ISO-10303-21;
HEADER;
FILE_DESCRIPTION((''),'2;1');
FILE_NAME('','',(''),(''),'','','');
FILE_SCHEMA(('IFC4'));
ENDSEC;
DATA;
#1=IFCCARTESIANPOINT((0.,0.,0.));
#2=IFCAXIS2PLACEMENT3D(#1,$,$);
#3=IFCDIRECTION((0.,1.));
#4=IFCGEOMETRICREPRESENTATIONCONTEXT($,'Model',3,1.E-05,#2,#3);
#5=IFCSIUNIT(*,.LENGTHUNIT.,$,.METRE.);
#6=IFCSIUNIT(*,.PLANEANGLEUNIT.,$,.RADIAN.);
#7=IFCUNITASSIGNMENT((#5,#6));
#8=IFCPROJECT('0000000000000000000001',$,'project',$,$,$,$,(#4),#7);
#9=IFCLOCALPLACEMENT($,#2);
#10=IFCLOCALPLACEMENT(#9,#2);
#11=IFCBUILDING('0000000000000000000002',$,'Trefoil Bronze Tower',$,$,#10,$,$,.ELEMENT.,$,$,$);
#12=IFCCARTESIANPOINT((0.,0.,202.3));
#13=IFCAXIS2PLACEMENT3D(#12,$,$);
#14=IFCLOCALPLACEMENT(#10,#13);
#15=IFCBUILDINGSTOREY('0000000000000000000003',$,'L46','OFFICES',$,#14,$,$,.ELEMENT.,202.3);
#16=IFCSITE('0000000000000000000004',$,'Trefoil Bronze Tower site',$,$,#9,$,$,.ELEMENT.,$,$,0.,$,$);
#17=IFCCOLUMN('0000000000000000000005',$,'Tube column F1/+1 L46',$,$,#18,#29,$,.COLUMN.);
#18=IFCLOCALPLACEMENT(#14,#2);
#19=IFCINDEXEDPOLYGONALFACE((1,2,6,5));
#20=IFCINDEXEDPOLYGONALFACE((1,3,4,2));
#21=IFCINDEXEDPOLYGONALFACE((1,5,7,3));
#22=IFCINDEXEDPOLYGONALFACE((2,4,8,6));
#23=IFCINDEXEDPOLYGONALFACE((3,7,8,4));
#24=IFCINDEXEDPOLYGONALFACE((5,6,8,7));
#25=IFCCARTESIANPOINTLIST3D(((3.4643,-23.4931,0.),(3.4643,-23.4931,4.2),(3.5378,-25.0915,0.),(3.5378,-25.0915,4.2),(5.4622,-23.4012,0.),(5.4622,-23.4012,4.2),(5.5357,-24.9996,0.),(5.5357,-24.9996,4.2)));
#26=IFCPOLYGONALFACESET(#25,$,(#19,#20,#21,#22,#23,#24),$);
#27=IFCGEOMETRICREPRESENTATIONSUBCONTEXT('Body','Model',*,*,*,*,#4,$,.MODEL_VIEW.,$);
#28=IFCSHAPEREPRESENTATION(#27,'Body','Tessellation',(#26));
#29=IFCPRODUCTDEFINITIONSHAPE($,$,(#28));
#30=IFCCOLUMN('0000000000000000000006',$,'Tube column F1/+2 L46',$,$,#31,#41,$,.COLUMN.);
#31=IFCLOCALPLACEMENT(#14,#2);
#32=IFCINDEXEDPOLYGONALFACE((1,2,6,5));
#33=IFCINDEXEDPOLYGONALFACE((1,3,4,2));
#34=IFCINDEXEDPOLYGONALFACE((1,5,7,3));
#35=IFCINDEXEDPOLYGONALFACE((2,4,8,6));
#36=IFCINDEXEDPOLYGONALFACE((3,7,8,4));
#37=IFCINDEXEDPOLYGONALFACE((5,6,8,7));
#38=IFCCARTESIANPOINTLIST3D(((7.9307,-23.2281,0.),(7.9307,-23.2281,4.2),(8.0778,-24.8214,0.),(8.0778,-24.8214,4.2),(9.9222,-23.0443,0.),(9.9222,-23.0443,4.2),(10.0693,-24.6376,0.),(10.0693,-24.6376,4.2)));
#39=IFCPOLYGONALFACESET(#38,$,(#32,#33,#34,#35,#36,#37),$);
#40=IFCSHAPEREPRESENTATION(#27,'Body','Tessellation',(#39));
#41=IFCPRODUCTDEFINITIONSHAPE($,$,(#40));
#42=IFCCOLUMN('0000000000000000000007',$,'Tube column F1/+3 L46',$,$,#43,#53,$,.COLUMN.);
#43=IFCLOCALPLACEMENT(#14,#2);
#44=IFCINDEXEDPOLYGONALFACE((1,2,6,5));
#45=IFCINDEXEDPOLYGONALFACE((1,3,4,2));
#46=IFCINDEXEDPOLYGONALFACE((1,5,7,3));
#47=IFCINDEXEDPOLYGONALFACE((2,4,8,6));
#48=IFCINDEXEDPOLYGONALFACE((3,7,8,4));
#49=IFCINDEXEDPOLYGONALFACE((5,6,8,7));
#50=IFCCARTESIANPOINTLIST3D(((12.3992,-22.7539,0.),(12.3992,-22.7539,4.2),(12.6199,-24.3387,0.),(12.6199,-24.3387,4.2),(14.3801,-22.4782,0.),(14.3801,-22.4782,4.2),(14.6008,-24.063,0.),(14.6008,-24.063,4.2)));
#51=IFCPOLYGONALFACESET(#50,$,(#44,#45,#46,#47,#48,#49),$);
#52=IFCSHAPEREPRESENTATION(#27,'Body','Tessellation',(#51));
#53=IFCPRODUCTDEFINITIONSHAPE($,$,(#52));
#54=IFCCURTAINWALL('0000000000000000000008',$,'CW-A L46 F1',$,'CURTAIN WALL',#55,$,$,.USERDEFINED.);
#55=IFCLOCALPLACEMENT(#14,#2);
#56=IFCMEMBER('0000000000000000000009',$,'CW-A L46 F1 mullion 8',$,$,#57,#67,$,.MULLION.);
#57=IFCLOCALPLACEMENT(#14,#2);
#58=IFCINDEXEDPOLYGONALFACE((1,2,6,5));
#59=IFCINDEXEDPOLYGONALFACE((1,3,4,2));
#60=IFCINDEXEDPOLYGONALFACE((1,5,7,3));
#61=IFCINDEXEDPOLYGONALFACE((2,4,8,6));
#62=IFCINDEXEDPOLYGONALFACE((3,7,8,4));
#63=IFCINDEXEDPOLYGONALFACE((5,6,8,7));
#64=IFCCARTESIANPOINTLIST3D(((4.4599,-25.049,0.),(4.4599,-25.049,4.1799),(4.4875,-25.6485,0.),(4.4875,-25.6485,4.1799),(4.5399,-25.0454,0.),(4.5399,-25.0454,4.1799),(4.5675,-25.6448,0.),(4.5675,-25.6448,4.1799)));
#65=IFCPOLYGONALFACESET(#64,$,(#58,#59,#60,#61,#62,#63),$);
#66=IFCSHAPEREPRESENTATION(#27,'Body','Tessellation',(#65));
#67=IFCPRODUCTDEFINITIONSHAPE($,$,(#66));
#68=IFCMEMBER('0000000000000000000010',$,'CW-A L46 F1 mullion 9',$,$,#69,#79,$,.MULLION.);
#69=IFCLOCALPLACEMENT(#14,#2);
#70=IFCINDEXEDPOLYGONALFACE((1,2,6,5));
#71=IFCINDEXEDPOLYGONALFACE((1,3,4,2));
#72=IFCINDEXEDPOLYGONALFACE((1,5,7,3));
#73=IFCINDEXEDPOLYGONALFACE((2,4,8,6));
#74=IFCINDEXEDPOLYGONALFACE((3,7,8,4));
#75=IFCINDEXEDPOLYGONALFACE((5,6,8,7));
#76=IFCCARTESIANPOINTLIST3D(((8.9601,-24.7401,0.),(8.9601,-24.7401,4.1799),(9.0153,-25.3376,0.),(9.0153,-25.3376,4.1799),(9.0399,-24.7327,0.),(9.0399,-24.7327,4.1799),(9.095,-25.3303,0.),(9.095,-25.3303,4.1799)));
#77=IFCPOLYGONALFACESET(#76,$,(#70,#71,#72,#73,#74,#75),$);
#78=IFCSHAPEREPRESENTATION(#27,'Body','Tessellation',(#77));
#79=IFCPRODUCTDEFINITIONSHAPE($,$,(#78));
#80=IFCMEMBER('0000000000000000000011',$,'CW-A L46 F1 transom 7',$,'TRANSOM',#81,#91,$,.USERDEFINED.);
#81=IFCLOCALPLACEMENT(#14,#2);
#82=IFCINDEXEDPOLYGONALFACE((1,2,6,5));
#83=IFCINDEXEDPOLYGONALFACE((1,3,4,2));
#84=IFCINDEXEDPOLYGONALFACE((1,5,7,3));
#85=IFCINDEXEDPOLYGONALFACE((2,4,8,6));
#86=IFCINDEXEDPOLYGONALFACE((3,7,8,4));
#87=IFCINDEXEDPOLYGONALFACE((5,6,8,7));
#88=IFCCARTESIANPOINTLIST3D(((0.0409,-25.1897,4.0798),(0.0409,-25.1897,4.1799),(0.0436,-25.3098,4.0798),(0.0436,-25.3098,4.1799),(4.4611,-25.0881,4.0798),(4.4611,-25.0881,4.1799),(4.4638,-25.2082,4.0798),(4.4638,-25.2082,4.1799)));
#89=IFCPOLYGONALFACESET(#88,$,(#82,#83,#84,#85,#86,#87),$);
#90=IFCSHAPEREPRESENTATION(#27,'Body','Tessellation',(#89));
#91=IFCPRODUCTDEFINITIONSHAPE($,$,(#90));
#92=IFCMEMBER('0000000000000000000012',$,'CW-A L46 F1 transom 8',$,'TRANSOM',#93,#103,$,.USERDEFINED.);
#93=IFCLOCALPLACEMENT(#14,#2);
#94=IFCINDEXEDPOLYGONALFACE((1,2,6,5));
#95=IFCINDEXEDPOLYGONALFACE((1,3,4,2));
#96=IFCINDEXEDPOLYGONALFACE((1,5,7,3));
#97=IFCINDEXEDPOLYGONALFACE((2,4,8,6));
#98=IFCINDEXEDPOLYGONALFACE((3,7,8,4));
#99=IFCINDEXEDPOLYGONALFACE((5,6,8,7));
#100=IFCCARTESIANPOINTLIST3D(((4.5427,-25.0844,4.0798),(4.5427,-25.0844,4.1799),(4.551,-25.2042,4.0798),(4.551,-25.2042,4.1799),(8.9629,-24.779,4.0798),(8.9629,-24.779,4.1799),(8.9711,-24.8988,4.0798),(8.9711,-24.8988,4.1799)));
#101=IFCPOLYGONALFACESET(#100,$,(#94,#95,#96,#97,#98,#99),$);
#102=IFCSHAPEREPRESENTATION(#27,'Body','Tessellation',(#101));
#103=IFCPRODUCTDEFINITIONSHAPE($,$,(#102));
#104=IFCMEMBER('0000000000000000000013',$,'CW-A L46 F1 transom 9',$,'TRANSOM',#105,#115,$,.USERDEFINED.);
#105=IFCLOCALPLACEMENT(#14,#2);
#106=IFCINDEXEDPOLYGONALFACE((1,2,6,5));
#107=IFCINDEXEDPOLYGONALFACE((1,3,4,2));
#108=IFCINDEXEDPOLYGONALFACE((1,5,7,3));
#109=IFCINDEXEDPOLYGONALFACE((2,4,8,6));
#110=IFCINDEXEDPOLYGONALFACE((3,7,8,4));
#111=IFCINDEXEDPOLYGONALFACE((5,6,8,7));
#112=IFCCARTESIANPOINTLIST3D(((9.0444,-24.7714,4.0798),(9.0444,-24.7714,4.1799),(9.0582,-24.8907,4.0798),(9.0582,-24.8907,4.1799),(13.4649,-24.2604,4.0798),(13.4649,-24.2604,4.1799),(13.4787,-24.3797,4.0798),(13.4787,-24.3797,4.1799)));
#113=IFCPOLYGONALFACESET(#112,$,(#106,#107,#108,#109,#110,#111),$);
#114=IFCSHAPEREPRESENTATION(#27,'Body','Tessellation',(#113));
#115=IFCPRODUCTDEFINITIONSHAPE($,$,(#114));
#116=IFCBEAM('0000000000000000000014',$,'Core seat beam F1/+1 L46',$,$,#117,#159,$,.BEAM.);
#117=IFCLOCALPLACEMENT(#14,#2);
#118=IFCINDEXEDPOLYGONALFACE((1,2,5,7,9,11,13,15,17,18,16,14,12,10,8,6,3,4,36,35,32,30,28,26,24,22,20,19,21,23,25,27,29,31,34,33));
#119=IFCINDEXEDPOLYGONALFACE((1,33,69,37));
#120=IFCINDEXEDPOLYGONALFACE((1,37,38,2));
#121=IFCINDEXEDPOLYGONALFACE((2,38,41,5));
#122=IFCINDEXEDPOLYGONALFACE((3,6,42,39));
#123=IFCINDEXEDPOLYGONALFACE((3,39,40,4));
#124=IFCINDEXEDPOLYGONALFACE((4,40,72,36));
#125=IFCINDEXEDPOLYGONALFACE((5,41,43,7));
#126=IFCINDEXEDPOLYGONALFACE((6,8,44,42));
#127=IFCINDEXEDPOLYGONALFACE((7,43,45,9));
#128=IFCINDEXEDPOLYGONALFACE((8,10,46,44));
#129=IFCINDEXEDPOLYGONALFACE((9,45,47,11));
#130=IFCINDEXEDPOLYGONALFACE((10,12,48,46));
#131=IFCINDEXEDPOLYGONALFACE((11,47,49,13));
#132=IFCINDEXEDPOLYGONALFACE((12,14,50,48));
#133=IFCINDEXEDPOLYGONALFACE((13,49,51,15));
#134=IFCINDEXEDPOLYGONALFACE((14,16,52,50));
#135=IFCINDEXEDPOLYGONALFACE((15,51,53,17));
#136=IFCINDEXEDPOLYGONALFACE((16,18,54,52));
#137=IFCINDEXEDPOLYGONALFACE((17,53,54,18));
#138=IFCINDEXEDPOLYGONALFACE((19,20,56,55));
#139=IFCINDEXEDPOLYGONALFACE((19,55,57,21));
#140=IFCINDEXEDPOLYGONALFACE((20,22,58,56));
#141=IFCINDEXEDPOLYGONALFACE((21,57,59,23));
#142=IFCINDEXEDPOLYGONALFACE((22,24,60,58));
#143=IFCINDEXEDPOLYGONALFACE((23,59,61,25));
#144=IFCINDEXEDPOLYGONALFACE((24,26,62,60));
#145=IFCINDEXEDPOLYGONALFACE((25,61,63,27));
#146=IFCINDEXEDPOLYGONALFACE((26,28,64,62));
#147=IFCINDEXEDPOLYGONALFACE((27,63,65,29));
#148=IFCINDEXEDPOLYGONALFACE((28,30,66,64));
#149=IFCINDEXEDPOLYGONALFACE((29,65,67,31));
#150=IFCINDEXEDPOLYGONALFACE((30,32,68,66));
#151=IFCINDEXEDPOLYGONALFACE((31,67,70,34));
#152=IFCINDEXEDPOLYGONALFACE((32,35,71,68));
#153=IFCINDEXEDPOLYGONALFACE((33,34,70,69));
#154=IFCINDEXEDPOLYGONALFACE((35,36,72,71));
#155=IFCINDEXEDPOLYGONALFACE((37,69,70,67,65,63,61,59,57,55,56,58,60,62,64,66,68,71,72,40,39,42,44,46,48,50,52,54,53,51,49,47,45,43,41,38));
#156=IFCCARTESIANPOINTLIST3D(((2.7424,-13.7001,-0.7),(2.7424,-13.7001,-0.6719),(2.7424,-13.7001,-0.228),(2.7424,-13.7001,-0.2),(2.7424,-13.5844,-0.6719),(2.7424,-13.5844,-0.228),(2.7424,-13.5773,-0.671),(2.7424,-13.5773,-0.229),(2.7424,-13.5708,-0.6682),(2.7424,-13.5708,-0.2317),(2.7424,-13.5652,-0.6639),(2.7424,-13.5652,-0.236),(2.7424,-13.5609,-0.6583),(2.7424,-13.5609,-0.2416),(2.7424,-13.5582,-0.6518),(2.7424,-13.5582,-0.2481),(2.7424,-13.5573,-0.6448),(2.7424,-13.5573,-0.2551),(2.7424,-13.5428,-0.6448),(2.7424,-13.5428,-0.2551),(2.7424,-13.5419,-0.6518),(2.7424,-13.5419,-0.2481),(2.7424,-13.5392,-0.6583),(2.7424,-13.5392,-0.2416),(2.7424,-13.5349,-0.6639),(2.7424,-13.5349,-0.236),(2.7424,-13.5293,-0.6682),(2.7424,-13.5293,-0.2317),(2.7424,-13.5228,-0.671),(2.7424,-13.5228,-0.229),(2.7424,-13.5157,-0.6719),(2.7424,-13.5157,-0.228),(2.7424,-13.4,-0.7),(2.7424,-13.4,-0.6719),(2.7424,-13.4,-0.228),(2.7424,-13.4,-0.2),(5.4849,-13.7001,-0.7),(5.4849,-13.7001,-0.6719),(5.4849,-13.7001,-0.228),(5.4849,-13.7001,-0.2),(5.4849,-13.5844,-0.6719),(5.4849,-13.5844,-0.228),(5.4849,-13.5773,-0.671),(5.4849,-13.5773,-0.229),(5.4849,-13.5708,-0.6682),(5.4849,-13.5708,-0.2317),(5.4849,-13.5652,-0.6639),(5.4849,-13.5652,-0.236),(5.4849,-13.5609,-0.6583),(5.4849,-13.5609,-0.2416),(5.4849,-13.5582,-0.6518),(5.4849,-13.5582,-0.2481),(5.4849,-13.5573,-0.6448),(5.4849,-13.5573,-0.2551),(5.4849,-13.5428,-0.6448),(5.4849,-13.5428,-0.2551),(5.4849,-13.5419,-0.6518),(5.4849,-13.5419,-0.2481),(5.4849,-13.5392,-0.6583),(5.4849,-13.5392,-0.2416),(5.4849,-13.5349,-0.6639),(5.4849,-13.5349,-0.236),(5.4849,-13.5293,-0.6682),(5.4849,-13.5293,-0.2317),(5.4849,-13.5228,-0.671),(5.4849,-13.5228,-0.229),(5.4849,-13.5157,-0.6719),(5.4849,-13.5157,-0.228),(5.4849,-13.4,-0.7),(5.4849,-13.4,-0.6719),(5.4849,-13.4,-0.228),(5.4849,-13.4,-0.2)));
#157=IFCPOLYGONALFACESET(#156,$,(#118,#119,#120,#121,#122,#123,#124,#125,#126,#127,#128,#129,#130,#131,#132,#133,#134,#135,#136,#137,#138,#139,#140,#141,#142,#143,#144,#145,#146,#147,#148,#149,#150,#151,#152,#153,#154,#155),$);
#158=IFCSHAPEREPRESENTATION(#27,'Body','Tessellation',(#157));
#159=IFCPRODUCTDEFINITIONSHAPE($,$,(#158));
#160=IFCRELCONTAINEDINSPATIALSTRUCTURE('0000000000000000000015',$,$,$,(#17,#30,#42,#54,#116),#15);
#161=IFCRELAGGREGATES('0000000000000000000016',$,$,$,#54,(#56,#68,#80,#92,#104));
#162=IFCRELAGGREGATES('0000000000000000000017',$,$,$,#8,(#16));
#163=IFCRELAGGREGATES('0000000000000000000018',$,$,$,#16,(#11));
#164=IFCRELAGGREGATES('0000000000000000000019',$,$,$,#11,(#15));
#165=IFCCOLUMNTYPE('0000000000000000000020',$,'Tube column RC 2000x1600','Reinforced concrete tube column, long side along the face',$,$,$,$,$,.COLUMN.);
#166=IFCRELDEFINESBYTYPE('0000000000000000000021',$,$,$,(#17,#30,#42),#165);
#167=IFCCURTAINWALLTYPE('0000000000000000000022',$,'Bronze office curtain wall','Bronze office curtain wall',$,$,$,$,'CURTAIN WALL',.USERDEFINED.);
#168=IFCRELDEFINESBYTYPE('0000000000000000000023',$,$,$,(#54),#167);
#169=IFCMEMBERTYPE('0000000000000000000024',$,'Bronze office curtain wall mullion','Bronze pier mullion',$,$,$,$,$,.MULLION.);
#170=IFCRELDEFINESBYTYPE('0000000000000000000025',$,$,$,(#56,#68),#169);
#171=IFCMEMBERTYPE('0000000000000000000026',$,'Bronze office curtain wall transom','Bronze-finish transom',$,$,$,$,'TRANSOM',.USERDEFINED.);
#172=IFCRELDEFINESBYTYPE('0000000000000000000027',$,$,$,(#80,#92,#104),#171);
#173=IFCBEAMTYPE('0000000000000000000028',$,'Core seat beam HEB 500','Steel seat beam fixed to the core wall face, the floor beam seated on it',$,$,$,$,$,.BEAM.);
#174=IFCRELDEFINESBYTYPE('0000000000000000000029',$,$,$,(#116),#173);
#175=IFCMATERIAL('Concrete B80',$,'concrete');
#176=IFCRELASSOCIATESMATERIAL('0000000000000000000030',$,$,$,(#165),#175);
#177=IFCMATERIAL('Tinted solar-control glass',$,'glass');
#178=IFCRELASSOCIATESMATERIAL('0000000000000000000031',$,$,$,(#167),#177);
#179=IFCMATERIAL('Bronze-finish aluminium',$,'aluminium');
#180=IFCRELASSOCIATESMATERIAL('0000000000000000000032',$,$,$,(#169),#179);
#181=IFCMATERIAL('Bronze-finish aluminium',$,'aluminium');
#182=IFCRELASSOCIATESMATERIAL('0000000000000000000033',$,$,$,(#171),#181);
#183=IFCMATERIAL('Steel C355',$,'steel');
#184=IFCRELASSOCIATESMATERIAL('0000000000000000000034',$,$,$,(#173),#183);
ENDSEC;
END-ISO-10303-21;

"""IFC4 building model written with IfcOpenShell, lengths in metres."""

from ifc_helpers import new_model, si_unit, direction, frame, origin, origin_2d, place, context, subcontext, project, spatial, rectangle, i_section, extrude, material, material_profile, profile_set, type_object, element, aggregate, save


model = new_model("IFC4")

# Units and contexts
model_context = context("Model", 3, precision=1e-05, world=origin(), true_north=direction((0.0, 1.0)))
body_context = subcontext(model_context, "Body", "Model", "MODEL_VIEW")
ifc_project = project(units=[si_unit("LENGTHUNIT", "METRE"), si_unit("PLANEANGLEUNIT", "RADIAN")], contexts=[model_context])

# Site, building, storey
site_placement = place(None, origin())
site = spatial("IfcSite", under=ifc_project, at=site_placement, Name="Trefoil Bronze Tower site", CompositionType="ELEMENT", RefElevation=0.0)
building_placement = place(site_placement, origin())
building = spatial("IfcBuilding", under=site, at=building_placement, Name="Trefoil Bronze Tower", CompositionType="ELEMENT")
storey_placement = place(building_placement, frame((0.0, 0.0, 202.3)))
storey = spatial("IfcBuildingStorey", under=building, at=storey_placement, Name="L46", Description="OFFICES", CompositionType="ELEMENT", Elevation=202.3)

# Columns
ifc_material_1 = material(Name="Concrete B80", Category="concrete")
ifc_material_profile_1 = material_profile(ifc_material_1, rectangle(XDim=2.0, YDim=1.6001, at=origin_2d()), Name="RC 2000x1600")
ifc_profile_set_1 = profile_set([ifc_material_profile_1], Name="Concrete B80")
column_type = type_object("IfcColumnType", Name="Tube column RC 2000x1600", Description="Reinforced concrete tube column, long side along the face", PredefinedType="COLUMN", material=ifc_profile_set_1)
for number, where, z_axis, x_axis, name in (
    (1, (4.5, -24.2463, 0.0), (0.0, 0.0, 1.0), (0.998943, 0.045956, 0.0), "Tube column F1/+1 L46"),
    (2, (9.0, -23.9329, 0.0), (0.0, 0.0, 1.0), (0.995767, 0.091911, 0.0), "Tube column F1/+2 L46"),
    (3, (13.5, -23.4084, 0.0), (0.0, 0.0, 1.0), (0.990451, 0.137868, 0.0), "Tube column F1/+3 L46"),
):
    element("IfcColumn", number, at=place(storey_placement, frame(where, z_axis=z_axis, x_axis=x_axis)), inside=storey, type_object=column_type, Name=name, PredefinedType="COLUMN", context=body_context, shape_type="SweptSolid", body=[
        extrude(rectangle(XDim=2.0, YDim=1.6001, at=origin_2d()), origin(), (0.0, 0.0, 1.0), 4.2),
    ])

# Curtain wall, members
ifc_material_2 = material(Name="Tinted solar-control glass", Category="glass")
curtain_wall_type = type_object("IfcCurtainWallType", Name="Bronze office curtain wall", Description="Bronze office curtain wall", ElementType="CURTAIN WALL", PredefinedType="USERDEFINED", material=ifc_material_2)
curtain_wall_placement = place(storey_placement, origin())
curtain_wall = element("IfcCurtainWall", 4, at=curtain_wall_placement, inside=storey, type_object=curtain_wall_type, Name="CW-A L46 F1", ObjectType="CURTAIN WALL", PredefinedType="USERDEFINED")
ifc_material_3 = material(Name="Bronze-finish aluminium", Category="aluminium")
ifc_material_profile_2 = material_profile(ifc_material_3, rectangle(XDim=0.6001, YDim=0.0801, at=origin_2d()), Name="CW-A mullion")
ifc_profile_set_2 = profile_set([ifc_material_profile_2], Name="Bronze-finish aluminium")
member_type_1 = type_object("IfcMemberType", Name="Bronze office curtain wall mullion", Description="Bronze pier mullion", PredefinedType="MULLION", material=ifc_profile_set_2)
member_1_placement = place(storey_placement, frame((4.5137, -25.3469, 0.0), z_axis=(0.0, 0.0, 1.0), x_axis=(-0.045956, 0.998943, 0.0)))
member_1 = element("IfcMember", 5, at=member_1_placement, type_object=member_type_1, Name="CW-A L46 F1 mullion 8", PredefinedType="MULLION", context=body_context, shape_type="SweptSolid", body=[
    extrude(rectangle(XDim=0.6001, YDim=0.0801, at=origin_2d()), origin(), (0.0, 0.0, 1.0), 4.1799),
])
member_2_placement = place(storey_placement, frame((9.0276, -25.0352, 0.0), z_axis=(0.0, 0.0, 1.0), x_axis=(-0.091911, 0.995767, 0.0)))
member_2 = element("IfcMember", 6, at=member_2_placement, type_object=member_type_1, Name="CW-A L46 F1 mullion 9", PredefinedType="MULLION", context=body_context, shape_type="SweptSolid", body=[
    extrude(rectangle(XDim=0.6001, YDim=0.0801, at=origin_2d()), origin(), (0.0, 0.0, 1.0), 4.1799),
])
ifc_material_4 = material(Name="Bronze-finish aluminium", Category="aluminium")
ifc_material_profile_3 = material_profile(ifc_material_4, rectangle(XDim=0.1201, YDim=0.1001, at=origin_2d()), Name="CW-A transom")
ifc_profile_set_3 = profile_set([ifc_material_profile_3], Name="Bronze-finish aluminium")
member_type_2 = type_object("IfcMemberType", Name="Bronze office curtain wall transom", Description="Bronze-finish transom", ElementType="TRANSOM", PredefinedType="USERDEFINED", material=ifc_profile_set_3)
member_3_placement = place(storey_placement, frame((0.0422, -25.2498, 4.1299), z_axis=(0.999736, 0.022971, 0.0), x_axis=(-0.022971, 0.999736, 0.0)))
member_3 = element("IfcMember", 7, at=member_3_placement, type_object=member_type_2, Name="CW-A L46 F1 transom 7", ObjectType="TRANSOM", PredefinedType="USERDEFINED", context=body_context, shape_type="SweptSolid", body=[
    extrude(rectangle(XDim=0.1201, YDim=0.1001, at=origin_2d()), origin(), (0.0, 0.0, 1.0), 4.4214),
])
member_4_placement = place(storey_placement, frame((4.5469, -25.1443, 4.1299), z_axis=(0.997621, 0.068933, 0.0), x_axis=(-0.068933, 0.997621, 0.0)))
member_4 = element("IfcMember", 8, at=member_4_placement, type_object=member_type_2, Name="CW-A L46 F1 transom 8", ObjectType="TRANSOM", PredefinedType="USERDEFINED", context=body_context, shape_type="SweptSolid", body=[
    extrude(rectangle(XDim=0.1201, YDim=0.1001, at=origin_2d()), origin(), (0.0, 0.0, 1.0), 4.4307),
])
member_5_placement = place(storey_placement, frame((9.0513, -24.8311, 4.1299), z_axis=(0.993385, 0.114832, 0.0), x_axis=(-0.114832, 0.993385, 0.0)))
member_5 = element("IfcMember", 9, at=member_5_placement, type_object=member_type_2, Name="CW-A L46 F1 transom 9", ObjectType="TRANSOM", PredefinedType="USERDEFINED", context=body_context, shape_type="SweptSolid", body=[
    extrude(rectangle(XDim=0.1201, YDim=0.1001, at=origin_2d()), origin(), (0.0, 0.0, 1.0), 4.45),
])

# Beam
ifc_material_5 = material(Name="Steel C355", Category="steel")
ifc_material_profile_4 = material_profile(ifc_material_5, i_section(OverallWidth=0.3, OverallDepth=0.5, WebThickness=0.0144, FlangeThickness=0.0281, FilletRadius=0.0271, at=origin_2d()), Name="HEB 500")
ifc_profile_set_4 = profile_set([ifc_material_profile_4], Name="Steel C355")
beam_type_1 = type_object("IfcBeamType", Name="Core seat beam HEB 500", Description="Steel seat beam fixed to the core wall face, the floor beam seated on it", PredefinedType="BEAM", material=ifc_profile_set_4)
for number, where, z_axis, x_axis, name in (
    (10, (2.7424, -13.55, -0.45), (1.0, 0.0, 0.0), (0.0, 1.0, 0.0), "Core seat beam F1/+1 L46"),
):
    element("IfcBeam", number, at=place(storey_placement, frame(where, z_axis=z_axis, x_axis=x_axis)), inside=storey, type_object=beam_type_1, Name=name, PredefinedType="BEAM", context=body_context, shape_type="SweptSolid", body=[
        extrude(i_section(OverallWidth=0.3, OverallDepth=0.5, WebThickness=0.0144, FlangeThickness=0.0281, FilletRadius=0.0271, at=origin_2d()), origin(), (0.0, 0.0, 1.0), 2.7424),
    ])

aggregate(curtain_wall, [member_1, member_2, member_3, member_4, member_5])

save(model, "model.ifc")
